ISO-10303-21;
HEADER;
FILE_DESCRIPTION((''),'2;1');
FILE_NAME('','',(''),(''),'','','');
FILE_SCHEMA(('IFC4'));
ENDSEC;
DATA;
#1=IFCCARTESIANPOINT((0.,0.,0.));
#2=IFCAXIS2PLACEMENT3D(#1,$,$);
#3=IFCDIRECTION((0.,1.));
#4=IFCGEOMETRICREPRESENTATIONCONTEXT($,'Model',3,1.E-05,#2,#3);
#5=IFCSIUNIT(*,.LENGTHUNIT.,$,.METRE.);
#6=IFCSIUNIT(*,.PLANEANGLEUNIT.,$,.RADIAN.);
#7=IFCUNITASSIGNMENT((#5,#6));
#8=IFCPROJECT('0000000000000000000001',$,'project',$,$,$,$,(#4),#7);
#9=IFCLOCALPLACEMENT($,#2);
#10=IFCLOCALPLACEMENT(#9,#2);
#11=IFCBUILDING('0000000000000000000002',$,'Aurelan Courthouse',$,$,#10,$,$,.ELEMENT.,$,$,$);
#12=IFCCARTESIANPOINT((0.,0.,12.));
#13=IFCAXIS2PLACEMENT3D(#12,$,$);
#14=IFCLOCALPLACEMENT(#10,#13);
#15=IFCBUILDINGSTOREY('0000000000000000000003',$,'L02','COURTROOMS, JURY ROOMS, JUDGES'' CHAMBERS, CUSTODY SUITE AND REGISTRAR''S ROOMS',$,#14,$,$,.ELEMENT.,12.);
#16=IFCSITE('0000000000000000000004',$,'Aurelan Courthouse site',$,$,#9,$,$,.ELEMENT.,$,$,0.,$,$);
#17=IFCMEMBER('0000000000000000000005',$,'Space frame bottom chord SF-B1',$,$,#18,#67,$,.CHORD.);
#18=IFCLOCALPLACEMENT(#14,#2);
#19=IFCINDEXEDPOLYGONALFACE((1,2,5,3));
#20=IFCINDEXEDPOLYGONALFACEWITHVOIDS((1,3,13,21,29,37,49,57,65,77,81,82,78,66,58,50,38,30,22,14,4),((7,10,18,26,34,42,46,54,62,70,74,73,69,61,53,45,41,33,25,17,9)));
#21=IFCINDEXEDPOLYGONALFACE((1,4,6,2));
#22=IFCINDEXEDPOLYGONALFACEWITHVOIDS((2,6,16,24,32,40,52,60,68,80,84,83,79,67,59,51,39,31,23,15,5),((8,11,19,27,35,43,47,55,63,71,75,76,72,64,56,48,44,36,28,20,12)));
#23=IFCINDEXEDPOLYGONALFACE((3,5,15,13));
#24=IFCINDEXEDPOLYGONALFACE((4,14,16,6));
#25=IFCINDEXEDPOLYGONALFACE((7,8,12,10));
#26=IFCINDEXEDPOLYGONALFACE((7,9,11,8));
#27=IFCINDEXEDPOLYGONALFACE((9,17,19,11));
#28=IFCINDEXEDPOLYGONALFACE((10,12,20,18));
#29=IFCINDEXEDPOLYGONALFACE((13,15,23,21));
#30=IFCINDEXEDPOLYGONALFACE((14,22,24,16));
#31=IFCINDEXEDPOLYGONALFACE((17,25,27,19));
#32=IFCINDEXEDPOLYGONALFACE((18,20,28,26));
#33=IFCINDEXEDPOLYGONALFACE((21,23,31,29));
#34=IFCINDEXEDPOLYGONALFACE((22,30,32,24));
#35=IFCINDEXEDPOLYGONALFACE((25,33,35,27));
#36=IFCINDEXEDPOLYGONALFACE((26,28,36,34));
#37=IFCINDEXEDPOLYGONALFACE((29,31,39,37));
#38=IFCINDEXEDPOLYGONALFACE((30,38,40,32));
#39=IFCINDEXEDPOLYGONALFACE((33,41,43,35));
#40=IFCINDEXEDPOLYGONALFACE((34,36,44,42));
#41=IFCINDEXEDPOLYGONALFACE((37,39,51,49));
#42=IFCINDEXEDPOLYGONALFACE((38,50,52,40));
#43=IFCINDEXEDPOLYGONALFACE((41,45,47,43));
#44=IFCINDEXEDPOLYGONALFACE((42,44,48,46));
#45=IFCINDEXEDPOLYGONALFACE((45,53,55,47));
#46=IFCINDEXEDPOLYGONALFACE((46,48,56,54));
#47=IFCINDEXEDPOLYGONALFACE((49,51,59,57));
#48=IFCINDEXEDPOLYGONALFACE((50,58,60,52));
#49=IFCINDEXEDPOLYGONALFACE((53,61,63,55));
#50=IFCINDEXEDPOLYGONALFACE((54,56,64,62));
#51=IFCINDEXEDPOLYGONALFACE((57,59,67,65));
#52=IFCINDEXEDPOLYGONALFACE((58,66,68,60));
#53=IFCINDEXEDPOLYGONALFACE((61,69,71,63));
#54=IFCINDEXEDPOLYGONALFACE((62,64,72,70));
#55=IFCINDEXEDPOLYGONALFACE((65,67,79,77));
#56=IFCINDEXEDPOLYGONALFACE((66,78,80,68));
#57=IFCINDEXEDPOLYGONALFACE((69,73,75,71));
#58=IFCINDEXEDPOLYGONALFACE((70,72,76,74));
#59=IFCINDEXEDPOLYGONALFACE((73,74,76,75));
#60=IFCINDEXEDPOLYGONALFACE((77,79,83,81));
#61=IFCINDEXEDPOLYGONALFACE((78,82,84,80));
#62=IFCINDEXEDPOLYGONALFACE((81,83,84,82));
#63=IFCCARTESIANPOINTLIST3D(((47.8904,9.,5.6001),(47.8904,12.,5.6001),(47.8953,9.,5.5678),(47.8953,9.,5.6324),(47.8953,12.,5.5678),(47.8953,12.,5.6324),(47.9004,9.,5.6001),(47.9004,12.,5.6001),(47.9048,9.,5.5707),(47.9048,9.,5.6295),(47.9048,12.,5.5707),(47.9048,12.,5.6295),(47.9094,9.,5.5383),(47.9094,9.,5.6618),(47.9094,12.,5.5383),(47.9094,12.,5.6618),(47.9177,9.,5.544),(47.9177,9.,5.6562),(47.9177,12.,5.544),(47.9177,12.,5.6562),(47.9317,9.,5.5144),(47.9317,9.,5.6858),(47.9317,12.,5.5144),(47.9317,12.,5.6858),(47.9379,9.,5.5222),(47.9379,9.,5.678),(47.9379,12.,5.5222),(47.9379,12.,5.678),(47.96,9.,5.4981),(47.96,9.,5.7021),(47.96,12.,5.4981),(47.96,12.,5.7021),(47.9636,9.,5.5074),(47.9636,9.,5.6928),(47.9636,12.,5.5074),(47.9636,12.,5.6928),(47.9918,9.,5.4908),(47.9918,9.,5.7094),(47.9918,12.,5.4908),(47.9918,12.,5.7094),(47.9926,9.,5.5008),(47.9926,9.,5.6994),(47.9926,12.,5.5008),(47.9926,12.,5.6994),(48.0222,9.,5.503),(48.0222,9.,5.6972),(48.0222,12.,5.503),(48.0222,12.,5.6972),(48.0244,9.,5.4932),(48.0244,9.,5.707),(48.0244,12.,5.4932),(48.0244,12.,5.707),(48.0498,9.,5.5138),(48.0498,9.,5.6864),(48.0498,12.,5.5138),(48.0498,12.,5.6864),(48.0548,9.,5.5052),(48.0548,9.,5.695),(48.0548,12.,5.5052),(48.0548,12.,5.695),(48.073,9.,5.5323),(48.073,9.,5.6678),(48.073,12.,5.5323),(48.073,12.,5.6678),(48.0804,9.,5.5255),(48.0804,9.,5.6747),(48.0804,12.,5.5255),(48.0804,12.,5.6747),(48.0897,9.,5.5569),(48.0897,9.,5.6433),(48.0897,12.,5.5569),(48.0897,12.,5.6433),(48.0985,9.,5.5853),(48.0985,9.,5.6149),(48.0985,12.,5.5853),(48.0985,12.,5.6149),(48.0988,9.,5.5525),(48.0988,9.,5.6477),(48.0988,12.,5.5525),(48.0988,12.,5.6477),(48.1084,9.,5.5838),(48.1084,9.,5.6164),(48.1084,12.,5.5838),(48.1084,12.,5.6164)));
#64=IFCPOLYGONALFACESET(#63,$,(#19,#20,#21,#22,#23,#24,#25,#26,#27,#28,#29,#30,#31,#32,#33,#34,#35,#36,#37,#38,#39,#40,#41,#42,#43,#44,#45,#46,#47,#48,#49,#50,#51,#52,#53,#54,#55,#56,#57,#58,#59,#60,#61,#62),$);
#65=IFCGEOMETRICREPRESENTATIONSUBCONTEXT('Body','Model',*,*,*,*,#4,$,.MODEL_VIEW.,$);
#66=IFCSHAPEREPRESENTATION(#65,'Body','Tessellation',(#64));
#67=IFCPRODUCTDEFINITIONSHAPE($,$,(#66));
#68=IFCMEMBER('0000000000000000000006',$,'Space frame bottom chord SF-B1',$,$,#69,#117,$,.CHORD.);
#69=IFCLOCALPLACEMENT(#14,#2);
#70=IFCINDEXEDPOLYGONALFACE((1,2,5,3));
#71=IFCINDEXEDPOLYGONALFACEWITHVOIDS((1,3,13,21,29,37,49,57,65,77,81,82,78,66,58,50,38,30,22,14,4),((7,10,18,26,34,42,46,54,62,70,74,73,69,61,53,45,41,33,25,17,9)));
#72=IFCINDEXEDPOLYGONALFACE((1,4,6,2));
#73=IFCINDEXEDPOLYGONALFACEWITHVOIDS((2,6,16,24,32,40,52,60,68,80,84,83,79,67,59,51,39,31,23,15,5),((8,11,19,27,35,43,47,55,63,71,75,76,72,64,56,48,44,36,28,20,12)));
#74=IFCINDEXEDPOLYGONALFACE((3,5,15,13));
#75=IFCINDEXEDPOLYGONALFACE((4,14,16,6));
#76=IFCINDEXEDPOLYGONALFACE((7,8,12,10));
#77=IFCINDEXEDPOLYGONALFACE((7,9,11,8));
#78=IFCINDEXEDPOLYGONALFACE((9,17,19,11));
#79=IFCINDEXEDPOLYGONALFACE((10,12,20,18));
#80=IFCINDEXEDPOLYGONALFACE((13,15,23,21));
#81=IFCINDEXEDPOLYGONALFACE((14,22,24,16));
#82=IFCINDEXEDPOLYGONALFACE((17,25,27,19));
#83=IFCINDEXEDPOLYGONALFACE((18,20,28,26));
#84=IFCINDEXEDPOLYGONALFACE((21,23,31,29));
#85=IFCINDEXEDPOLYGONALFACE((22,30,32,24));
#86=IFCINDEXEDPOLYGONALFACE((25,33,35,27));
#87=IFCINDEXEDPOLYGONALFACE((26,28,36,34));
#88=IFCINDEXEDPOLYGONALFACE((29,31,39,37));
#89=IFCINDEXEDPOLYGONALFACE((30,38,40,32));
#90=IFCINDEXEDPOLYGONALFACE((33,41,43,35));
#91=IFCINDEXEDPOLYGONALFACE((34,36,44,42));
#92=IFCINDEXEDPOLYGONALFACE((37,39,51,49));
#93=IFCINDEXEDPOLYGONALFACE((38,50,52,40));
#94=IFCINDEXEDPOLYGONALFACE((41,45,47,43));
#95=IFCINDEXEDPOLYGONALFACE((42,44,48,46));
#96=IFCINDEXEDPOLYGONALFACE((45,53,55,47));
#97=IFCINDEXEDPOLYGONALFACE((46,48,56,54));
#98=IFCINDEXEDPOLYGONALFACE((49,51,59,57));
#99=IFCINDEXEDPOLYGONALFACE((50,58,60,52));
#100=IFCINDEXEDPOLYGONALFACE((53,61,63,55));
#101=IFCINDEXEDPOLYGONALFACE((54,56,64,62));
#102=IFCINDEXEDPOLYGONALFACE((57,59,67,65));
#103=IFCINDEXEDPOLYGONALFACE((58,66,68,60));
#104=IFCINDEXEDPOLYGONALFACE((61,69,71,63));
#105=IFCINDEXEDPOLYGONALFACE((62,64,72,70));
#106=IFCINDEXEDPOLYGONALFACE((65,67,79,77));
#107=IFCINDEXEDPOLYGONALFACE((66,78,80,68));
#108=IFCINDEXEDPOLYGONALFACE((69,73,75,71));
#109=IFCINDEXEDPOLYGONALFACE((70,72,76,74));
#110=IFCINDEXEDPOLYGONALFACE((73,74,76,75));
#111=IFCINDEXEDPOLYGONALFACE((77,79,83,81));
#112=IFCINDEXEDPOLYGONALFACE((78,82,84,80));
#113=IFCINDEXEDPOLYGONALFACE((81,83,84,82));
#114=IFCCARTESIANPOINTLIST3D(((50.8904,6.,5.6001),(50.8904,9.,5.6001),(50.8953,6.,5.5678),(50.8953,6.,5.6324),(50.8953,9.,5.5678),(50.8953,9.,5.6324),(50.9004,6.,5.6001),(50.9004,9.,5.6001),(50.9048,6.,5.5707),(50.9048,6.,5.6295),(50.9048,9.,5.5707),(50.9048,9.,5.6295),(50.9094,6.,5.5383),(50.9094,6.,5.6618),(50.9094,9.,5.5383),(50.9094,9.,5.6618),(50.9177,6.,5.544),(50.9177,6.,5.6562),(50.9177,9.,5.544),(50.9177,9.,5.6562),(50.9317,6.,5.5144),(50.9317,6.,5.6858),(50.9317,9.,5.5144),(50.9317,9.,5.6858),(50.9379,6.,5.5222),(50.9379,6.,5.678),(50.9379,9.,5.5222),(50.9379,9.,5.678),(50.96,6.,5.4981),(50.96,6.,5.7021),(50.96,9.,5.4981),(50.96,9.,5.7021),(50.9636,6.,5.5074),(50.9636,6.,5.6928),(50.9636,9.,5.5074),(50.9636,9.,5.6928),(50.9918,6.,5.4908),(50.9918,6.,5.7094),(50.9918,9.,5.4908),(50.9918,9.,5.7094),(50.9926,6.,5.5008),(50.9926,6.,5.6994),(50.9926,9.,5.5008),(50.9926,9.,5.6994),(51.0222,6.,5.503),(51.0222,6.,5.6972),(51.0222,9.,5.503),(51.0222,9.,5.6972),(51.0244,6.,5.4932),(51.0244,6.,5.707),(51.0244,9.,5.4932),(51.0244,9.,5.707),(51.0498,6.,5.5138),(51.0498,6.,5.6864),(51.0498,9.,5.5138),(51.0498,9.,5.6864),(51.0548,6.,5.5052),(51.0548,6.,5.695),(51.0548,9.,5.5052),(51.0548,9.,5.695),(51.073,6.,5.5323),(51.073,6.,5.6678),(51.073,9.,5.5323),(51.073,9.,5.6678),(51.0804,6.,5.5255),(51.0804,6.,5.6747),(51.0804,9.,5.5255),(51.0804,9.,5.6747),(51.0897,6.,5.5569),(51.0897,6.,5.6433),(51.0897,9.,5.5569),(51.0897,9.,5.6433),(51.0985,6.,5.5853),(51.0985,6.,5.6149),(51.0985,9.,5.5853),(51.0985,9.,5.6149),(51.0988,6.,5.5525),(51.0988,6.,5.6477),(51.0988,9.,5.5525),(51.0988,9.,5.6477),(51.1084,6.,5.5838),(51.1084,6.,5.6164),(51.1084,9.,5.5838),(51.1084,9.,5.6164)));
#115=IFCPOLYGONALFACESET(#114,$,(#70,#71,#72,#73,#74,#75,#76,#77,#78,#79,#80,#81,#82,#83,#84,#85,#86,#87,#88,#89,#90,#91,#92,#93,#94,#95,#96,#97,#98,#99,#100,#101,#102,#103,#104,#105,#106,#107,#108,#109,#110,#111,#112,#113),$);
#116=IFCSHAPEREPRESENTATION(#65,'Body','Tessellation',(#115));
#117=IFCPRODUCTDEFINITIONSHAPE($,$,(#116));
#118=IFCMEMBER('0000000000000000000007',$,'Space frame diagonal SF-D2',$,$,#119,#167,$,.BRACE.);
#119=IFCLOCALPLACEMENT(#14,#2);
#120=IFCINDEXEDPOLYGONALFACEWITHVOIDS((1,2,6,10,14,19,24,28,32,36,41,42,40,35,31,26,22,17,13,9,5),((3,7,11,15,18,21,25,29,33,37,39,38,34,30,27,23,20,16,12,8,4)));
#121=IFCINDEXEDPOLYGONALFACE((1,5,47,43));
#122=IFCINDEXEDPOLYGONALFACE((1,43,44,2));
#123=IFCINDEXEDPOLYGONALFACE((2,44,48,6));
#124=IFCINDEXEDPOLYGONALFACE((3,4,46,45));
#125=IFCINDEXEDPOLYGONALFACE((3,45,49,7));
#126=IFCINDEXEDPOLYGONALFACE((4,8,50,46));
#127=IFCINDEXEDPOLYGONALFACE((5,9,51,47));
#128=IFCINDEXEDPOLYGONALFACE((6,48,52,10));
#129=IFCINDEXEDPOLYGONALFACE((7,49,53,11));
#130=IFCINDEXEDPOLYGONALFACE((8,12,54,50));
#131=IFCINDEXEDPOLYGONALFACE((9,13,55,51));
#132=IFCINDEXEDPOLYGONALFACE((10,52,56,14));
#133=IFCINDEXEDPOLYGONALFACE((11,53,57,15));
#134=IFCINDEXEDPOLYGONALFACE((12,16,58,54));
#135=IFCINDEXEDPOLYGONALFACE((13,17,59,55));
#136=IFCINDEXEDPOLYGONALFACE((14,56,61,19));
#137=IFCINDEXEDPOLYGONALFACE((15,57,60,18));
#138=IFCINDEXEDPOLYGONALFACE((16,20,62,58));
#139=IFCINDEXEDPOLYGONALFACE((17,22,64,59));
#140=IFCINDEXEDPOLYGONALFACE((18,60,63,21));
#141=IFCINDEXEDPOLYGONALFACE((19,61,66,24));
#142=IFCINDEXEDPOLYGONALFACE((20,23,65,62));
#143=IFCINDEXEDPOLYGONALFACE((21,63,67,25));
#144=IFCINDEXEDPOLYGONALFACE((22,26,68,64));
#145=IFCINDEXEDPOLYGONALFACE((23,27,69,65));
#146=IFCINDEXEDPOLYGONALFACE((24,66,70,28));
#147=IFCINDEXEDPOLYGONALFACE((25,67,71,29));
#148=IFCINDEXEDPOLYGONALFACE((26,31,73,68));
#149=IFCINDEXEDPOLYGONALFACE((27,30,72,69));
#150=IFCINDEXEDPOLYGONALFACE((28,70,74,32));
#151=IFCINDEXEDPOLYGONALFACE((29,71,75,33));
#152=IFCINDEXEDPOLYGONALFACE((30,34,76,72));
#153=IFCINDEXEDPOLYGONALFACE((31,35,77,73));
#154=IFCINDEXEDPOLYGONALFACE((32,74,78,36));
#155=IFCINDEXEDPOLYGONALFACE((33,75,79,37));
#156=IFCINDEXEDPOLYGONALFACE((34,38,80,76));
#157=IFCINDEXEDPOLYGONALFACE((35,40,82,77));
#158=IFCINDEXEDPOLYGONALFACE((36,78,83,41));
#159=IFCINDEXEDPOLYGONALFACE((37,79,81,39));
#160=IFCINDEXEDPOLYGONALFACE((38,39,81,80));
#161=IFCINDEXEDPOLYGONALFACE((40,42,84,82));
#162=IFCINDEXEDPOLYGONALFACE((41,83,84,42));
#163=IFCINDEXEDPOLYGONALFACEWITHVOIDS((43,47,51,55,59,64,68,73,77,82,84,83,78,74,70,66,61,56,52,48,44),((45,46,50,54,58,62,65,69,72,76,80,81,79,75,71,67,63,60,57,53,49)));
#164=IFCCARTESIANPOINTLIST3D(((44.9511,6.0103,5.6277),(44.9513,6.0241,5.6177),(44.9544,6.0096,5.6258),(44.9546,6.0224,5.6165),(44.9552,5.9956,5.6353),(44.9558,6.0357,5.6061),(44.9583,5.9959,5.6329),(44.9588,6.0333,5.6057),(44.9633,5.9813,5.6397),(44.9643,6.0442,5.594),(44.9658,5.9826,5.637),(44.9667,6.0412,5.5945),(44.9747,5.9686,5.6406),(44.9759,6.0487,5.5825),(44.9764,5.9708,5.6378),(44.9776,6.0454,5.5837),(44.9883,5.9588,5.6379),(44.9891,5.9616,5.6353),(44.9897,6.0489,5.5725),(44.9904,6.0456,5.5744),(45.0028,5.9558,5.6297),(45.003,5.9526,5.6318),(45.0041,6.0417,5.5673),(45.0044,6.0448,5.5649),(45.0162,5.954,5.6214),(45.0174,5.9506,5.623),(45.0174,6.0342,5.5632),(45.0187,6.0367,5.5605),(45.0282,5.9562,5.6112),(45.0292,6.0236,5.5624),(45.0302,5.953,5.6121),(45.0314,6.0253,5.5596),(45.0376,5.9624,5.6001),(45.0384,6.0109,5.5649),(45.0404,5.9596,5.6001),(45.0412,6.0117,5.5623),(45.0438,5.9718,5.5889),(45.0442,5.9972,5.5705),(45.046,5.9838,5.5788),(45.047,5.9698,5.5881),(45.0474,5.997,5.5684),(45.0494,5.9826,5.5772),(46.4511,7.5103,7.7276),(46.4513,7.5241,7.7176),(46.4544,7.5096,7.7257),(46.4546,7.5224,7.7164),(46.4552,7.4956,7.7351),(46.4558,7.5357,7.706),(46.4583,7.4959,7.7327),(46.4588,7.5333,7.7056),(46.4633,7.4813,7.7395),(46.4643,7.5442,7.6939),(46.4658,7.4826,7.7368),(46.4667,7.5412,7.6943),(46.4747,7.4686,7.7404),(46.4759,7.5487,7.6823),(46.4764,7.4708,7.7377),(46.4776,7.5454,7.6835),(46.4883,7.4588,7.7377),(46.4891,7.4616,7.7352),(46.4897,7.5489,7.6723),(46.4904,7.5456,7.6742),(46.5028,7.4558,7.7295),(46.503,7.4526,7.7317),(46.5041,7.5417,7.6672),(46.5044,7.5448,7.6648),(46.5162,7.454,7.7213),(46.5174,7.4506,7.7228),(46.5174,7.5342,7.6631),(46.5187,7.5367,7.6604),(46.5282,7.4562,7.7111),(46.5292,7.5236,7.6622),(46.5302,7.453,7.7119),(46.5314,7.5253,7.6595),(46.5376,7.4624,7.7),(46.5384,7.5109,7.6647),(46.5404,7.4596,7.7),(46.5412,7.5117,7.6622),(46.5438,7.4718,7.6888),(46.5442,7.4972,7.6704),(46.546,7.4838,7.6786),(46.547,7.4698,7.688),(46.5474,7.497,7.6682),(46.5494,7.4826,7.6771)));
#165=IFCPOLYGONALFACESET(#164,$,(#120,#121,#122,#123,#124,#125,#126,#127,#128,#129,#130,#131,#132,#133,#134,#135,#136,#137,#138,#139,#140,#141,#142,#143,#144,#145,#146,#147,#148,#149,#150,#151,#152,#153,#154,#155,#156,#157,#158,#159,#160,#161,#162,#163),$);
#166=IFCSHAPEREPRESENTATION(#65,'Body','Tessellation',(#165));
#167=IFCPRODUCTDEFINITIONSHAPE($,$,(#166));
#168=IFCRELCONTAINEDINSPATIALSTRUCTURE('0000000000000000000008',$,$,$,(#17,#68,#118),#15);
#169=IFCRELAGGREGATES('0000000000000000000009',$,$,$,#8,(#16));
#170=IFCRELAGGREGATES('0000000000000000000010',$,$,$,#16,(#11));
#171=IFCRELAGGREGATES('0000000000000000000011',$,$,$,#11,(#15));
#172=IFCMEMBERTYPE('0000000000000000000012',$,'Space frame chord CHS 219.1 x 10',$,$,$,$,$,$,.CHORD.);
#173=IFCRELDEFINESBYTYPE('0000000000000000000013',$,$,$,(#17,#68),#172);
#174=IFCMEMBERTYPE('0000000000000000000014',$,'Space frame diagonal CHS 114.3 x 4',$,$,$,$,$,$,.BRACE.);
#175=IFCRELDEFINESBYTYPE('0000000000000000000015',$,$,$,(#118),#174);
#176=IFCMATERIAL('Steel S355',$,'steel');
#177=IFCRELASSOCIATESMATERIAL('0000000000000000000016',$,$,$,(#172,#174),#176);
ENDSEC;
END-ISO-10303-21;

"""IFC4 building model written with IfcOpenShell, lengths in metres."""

from ifc_helpers import new_model, si_unit, direction, frame, origin, origin_2d, place, context, subcontext, project, spatial, hollow_circle, extrude, material, material_profile, profile_set, type_object, element, save


model = new_model("IFC4")

# Units and contexts
model_context = context("Model", 3, precision=1e-05, world=origin(), true_north=direction((0.0, 1.0)))
body_context = subcontext(model_context, "Body", "Model", "MODEL_VIEW")
ifc_project = project(units=[si_unit("LENGTHUNIT", "METRE"), si_unit("PLANEANGLEUNIT", "RADIAN")], contexts=[model_context])

# Site, building, storey
site_placement = place(None, origin())
site = spatial("IfcSite", under=ifc_project, at=site_placement, Name="Aurelan Courthouse site", CompositionType="ELEMENT", RefElevation=0.0)
building_placement = place(site_placement, origin())
building = spatial("IfcBuilding", under=site, at=building_placement, Name="Aurelan Courthouse", CompositionType="ELEMENT")
storey_placement = place(building_placement, frame((0.0, 0.0, 12.0)))
storey = spatial("IfcBuildingStorey", under=building, at=storey_placement, Name="L02", Description="COURTROOMS, JURY ROOMS, JUDGES' CHAMBERS, CUSTODY SUITE AND REGISTRAR'S ROOMS", CompositionType="ELEMENT", Elevation=12.0)

# Members
ifc_material_1 = material(Name="Steel S355", Category="steel")
ifc_material_profile_1 = material_profile(ifc_material_1, hollow_circle(Radius=0.1096, WallThickness=0.01, at=origin_2d()), Name="CHS 219.1 x 10")
ifc_profile_set_1 = profile_set([ifc_material_profile_1], Name="Steel S355")
member_type_1 = type_object("IfcMemberType", Name="Space frame chord CHS 219.1 x 10", PredefinedType="CHORD", material=ifc_profile_set_1)
for number, where, z_axis, x_axis, name in (
    (1, (48.0, 9.0, 5.6001), (0.0, 1.0, 0.0), (-1.0, 0.0, 0.0), "Space frame bottom chord SF-B1"),
    (2, (51.0, 6.0, 5.6001), (0.0, 1.0, 0.0), (-1.0, 0.0, 0.0), "Space frame bottom chord SF-B1"),
):
    element("IfcMember", number, at=place(storey_placement, frame(where, z_axis=z_axis, x_axis=x_axis)), inside=storey, type_object=member_type_1, Name=name, PredefinedType="CHORD", context=body_context, shape_type="SweptSolid", body=[
        extrude(hollow_circle(Radius=0.1096, WallThickness=0.01, at=origin_2d()), origin(), (0.0, 0.0, 1.0), 3.0),
    ])
ifc_material_profile_2 = material_profile(ifc_material_1, hollow_circle(Radius=0.0571, WallThickness=0.0039, at=origin_2d()), Name="CHS 114.3 x 4")
ifc_profile_set_2 = profile_set([ifc_material_profile_2], Name="Steel S355")
member_type_2 = type_object("IfcMemberType", Name="Space frame diagonal CHS 114.3 x 4", PredefinedType="BRACE", material=ifc_profile_set_2)
for number, where, z_axis, x_axis, name in (
    (3, (46.5, 7.5, 7.7), (-0.502536, -0.502536, -0.703502), (0.707107, -0.707107, 0.0), "Space frame diagonal SF-D2"),
):
    element("IfcMember", number, at=place(storey_placement, frame(where, z_axis=z_axis, x_axis=x_axis)), inside=storey, type_object=member_type_2, Name=name, PredefinedType="BRACE", context=body_context, shape_type="SweptSolid", body=[
        extrude(hollow_circle(Radius=0.0571, WallThickness=0.0039, at=origin_2d()), origin(), (0.0, 0.0, 1.0), 2.9849),
    ])

save(model, "model.ifc")
